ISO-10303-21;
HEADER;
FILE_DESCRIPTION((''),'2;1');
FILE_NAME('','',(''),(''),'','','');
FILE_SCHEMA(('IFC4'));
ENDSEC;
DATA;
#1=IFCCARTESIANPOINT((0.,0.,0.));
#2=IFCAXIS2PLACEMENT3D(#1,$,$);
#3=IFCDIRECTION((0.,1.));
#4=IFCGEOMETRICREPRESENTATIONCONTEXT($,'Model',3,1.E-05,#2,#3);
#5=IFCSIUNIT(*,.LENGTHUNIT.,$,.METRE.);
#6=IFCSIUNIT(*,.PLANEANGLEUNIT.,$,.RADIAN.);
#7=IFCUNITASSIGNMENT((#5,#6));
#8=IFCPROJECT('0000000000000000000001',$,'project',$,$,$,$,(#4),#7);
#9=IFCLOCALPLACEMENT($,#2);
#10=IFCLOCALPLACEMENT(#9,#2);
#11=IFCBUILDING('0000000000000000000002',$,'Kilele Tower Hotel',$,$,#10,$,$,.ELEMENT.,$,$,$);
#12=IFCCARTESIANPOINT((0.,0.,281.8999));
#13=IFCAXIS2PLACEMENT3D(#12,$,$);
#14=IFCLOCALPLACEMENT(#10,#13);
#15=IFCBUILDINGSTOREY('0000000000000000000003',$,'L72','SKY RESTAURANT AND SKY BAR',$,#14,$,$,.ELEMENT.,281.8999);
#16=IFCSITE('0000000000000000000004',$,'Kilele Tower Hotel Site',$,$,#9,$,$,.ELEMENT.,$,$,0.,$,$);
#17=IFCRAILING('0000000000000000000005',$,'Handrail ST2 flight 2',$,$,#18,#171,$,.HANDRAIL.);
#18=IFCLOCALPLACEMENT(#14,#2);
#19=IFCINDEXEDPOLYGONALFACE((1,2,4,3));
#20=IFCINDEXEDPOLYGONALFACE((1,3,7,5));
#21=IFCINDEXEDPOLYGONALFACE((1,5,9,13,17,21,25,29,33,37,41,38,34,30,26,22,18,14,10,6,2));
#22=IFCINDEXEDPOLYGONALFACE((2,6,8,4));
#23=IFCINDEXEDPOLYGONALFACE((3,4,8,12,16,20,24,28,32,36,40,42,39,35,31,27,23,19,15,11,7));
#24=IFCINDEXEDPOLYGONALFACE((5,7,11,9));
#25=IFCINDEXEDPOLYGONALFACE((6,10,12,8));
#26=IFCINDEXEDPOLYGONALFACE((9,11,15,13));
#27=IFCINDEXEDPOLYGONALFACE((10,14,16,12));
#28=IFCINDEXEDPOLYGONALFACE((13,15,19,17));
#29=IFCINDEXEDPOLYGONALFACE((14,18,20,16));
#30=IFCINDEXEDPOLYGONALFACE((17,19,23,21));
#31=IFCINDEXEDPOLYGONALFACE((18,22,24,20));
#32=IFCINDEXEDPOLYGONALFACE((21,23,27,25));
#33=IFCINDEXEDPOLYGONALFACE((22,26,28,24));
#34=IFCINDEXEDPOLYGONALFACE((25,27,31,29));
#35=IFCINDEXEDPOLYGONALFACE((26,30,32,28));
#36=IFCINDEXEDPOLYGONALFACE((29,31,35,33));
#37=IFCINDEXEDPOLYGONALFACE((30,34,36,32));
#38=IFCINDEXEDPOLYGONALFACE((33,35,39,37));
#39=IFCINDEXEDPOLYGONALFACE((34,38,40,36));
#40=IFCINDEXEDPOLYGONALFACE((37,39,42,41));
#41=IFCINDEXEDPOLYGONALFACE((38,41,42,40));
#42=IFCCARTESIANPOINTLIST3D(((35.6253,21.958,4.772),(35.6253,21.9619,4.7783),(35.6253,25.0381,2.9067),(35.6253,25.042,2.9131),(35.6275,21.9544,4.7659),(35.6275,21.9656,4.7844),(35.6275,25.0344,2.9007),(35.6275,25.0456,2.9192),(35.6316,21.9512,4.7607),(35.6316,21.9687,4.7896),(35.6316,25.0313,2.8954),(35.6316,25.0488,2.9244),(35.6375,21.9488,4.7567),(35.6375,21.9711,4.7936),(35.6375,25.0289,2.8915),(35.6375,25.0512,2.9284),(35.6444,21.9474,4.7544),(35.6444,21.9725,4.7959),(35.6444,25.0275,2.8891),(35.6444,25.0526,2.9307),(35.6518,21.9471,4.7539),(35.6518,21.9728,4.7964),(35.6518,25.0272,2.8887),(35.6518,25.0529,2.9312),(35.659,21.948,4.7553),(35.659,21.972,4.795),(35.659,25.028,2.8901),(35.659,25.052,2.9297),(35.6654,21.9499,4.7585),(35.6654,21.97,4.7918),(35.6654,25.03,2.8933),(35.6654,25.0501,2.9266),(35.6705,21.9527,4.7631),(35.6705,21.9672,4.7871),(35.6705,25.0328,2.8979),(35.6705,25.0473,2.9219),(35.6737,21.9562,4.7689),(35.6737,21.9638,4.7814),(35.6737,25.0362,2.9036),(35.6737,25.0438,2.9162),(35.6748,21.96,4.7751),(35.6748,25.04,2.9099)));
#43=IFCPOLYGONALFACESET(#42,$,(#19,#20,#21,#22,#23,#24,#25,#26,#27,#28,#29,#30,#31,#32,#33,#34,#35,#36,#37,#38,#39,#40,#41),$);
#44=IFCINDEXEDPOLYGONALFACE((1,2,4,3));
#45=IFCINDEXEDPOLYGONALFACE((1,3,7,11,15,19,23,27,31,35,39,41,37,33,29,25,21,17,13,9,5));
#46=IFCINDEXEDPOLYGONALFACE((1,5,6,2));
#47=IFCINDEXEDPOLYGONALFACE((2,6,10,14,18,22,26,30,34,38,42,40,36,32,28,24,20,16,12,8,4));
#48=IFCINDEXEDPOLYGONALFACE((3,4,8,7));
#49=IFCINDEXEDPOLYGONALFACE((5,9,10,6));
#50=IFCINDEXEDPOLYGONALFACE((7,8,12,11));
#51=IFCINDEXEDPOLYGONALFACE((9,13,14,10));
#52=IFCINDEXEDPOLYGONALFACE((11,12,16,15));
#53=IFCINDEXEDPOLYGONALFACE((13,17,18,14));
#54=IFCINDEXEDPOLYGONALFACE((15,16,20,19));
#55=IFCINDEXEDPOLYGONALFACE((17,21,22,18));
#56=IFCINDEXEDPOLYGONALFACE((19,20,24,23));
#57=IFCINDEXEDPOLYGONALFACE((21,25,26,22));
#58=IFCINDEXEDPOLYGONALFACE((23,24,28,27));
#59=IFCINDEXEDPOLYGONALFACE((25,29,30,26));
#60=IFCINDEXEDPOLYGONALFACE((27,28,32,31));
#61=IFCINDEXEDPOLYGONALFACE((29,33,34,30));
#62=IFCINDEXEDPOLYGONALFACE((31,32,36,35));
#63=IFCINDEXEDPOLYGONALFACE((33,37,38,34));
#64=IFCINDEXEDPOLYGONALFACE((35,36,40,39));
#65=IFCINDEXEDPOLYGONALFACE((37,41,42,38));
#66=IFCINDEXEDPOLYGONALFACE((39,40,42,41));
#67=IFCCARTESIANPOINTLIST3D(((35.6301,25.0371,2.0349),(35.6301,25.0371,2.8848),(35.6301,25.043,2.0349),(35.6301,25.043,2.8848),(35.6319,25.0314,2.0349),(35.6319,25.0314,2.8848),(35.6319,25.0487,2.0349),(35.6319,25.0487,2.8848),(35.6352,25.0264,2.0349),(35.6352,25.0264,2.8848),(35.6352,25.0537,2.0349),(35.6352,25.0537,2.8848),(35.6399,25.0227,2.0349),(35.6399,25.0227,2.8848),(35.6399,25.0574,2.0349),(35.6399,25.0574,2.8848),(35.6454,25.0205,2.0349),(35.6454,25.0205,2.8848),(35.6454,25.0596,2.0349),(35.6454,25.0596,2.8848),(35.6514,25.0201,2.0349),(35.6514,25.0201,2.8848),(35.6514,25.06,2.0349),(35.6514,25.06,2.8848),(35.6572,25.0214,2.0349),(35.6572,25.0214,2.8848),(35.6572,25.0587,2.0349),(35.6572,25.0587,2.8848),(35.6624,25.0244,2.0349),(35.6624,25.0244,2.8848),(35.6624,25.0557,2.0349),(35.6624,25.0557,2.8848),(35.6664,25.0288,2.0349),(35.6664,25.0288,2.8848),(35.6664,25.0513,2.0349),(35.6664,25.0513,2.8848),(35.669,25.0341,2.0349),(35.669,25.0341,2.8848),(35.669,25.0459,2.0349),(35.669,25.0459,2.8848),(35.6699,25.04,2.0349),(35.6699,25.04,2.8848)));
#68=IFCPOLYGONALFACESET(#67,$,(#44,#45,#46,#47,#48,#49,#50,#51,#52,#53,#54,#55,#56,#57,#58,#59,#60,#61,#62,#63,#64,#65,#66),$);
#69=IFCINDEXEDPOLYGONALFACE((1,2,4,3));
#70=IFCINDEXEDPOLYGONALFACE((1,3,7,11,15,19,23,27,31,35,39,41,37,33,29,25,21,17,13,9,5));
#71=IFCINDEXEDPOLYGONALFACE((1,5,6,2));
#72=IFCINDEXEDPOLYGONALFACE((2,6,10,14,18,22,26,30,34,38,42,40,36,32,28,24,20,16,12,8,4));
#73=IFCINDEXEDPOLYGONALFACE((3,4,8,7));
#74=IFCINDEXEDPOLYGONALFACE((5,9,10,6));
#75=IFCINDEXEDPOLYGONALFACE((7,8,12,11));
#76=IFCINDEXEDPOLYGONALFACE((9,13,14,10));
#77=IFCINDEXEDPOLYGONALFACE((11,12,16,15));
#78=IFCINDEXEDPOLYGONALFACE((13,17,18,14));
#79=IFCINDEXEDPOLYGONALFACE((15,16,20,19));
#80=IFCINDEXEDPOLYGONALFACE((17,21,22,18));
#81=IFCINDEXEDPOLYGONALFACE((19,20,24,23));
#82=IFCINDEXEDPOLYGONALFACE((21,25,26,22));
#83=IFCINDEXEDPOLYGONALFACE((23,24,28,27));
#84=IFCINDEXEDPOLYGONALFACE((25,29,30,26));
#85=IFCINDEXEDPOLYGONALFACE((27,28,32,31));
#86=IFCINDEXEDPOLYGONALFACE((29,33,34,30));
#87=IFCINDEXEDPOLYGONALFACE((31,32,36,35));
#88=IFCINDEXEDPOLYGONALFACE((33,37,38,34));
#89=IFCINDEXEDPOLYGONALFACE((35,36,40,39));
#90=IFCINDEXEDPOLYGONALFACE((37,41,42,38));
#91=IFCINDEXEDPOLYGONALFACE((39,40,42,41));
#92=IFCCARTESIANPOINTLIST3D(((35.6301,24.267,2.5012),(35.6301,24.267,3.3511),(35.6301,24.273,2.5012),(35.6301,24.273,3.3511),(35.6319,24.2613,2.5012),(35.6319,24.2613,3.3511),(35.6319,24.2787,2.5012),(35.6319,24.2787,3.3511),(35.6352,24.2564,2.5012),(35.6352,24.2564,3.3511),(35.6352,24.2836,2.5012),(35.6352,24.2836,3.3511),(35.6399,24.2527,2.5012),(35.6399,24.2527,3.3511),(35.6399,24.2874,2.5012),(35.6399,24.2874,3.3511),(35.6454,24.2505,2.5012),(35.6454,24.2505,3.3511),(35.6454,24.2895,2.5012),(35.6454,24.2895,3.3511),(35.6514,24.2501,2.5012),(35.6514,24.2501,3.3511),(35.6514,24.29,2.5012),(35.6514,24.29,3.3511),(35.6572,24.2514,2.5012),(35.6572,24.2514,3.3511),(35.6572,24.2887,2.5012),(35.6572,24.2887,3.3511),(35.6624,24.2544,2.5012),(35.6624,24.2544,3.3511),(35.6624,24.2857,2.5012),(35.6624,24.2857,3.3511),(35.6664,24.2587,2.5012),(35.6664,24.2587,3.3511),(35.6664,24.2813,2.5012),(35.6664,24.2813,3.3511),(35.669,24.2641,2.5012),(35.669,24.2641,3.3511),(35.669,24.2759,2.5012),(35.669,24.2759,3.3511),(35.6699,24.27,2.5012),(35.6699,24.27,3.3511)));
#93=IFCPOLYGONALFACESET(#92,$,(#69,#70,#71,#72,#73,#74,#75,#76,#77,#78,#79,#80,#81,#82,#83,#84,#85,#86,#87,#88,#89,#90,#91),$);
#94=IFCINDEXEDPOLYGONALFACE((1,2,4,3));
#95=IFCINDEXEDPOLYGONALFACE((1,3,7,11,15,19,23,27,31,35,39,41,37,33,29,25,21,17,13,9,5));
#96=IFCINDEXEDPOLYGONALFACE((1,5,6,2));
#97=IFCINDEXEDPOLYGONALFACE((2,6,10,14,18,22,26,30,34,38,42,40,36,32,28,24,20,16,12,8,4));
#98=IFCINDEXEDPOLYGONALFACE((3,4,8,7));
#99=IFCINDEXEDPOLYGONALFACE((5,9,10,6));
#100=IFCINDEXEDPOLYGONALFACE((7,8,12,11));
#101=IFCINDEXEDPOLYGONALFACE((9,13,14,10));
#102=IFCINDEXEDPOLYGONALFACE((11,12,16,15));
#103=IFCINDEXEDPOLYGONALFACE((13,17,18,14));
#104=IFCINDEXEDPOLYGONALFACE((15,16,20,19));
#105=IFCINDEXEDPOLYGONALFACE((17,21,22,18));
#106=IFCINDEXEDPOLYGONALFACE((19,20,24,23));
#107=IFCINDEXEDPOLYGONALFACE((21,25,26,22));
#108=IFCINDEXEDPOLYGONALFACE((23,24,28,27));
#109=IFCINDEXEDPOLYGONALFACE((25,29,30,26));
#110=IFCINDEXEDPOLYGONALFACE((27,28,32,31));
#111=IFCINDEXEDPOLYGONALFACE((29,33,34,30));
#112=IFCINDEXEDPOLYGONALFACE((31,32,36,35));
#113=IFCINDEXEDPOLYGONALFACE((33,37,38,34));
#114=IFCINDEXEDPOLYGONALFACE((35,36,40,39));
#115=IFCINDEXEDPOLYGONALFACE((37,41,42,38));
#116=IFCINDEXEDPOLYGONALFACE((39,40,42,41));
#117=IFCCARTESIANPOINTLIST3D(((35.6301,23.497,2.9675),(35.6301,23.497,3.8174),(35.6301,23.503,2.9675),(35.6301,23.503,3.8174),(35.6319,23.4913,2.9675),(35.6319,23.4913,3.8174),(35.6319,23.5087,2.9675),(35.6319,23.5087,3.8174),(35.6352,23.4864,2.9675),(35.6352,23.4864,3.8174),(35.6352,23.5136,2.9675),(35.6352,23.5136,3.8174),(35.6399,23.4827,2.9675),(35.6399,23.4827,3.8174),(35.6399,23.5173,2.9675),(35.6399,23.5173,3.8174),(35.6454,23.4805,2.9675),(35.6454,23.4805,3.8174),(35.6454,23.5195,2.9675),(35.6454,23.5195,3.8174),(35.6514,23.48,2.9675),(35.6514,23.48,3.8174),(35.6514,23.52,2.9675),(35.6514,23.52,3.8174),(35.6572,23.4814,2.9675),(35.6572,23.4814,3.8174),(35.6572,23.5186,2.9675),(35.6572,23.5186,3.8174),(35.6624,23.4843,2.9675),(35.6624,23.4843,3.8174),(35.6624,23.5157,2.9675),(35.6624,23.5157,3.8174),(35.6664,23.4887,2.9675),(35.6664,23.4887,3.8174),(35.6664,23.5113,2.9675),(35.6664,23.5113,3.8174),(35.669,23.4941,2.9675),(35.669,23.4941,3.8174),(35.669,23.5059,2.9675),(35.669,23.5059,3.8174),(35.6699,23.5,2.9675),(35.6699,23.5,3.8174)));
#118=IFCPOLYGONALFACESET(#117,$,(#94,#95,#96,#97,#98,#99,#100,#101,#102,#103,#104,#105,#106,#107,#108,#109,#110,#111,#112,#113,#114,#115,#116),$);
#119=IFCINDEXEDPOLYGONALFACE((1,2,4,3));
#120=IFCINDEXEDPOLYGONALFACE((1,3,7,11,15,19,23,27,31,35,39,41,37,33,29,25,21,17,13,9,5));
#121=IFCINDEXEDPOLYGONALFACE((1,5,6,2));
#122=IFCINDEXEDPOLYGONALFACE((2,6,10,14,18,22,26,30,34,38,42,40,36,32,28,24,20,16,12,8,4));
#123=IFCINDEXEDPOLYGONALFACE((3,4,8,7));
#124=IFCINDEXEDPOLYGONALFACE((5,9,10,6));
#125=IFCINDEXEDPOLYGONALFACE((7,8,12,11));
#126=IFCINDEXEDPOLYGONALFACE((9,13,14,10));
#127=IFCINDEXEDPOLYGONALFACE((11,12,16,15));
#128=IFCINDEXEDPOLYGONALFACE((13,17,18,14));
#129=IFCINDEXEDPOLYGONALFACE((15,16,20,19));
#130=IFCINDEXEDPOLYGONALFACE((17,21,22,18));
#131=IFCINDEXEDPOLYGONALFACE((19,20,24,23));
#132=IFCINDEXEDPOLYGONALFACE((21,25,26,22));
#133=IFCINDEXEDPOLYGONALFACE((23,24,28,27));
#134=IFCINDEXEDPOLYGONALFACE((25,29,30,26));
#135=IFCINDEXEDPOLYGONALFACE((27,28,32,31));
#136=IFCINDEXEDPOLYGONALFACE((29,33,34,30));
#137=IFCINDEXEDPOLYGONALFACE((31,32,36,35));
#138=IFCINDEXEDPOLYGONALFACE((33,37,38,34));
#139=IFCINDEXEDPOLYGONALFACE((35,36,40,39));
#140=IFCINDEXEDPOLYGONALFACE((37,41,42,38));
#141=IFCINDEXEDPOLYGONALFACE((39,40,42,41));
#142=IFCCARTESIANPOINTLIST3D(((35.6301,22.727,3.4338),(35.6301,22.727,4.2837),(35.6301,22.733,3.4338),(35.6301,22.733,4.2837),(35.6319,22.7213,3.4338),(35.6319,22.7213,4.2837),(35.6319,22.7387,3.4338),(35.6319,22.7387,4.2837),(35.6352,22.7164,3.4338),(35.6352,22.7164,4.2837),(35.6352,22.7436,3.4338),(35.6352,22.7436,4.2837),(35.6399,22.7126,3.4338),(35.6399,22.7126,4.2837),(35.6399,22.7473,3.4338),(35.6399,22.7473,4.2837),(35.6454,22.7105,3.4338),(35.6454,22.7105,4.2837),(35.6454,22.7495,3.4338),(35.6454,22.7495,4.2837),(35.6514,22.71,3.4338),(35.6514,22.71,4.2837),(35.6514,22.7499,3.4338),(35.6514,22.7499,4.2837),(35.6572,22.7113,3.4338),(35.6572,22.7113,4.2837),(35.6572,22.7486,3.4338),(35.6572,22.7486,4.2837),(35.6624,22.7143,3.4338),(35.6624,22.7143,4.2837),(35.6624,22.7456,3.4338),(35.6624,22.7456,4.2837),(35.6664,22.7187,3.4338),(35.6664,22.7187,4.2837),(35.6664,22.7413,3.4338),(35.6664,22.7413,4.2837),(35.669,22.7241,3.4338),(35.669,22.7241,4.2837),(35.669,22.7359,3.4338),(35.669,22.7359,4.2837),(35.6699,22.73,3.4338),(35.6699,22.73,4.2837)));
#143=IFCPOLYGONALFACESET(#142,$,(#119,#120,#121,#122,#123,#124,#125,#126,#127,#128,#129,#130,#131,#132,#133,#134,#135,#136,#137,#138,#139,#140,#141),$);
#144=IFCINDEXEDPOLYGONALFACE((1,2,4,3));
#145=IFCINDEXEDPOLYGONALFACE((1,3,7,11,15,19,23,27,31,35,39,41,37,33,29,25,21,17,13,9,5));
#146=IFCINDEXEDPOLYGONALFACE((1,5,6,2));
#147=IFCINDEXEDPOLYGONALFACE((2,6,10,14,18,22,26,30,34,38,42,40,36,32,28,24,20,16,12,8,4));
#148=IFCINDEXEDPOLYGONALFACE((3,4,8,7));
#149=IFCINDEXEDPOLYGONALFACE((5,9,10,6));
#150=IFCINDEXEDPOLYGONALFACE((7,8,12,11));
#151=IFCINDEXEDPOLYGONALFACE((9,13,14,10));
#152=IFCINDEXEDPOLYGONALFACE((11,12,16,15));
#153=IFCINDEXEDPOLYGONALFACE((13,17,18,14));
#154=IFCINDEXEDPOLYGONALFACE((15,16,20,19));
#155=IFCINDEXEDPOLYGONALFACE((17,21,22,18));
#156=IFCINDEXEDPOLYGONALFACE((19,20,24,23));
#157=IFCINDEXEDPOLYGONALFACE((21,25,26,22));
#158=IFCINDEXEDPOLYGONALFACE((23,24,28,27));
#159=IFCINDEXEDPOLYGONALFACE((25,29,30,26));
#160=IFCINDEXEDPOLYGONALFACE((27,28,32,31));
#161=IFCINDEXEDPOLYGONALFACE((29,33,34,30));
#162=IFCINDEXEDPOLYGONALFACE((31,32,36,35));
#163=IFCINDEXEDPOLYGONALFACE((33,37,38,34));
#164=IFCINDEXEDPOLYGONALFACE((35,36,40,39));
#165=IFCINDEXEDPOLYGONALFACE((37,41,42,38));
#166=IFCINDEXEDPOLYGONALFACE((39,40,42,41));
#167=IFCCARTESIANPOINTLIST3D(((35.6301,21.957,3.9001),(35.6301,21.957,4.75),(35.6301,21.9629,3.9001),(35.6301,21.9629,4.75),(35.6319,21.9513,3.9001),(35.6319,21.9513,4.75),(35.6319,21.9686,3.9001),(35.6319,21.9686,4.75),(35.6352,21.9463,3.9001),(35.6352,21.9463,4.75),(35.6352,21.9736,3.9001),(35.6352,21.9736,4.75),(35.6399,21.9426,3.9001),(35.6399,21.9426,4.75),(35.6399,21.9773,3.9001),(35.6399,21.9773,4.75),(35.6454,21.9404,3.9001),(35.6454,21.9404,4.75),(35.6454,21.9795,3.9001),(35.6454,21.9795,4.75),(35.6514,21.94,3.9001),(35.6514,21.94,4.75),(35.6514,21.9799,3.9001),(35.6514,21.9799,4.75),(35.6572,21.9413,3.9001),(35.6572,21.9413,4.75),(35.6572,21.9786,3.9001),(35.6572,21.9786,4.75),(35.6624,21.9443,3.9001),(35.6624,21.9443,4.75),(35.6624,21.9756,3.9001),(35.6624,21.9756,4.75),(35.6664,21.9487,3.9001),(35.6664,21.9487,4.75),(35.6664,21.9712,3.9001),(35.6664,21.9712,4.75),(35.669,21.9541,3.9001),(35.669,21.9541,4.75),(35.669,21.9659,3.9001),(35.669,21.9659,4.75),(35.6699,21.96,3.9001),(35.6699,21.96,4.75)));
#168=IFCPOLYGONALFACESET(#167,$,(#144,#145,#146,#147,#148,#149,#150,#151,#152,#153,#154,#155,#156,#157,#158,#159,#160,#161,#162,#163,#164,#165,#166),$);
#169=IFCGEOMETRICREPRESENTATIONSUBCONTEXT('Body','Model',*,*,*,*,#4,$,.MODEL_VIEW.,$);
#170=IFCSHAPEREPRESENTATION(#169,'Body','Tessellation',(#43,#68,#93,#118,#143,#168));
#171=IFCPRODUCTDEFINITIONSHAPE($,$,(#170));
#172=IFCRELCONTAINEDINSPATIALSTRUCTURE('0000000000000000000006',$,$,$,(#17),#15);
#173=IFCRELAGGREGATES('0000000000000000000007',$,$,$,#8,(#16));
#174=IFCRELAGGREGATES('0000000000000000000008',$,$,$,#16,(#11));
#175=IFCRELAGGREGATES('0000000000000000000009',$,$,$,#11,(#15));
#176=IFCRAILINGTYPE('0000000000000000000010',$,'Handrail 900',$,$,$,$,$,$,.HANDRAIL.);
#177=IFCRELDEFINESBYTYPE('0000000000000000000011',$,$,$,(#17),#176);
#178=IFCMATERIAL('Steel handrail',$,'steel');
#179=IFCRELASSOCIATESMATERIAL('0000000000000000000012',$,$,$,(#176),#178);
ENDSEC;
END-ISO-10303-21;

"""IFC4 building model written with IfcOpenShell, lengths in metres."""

from ifc_helpers import new_model, si_unit, direction, frame, origin, origin_2d, place, context, subcontext, project, spatial, circle, extrude, material, type_object, element, save


model = new_model("IFC4")

# Units and contexts
model_context = context("Model", 3, precision=1e-05, world=origin(), true_north=direction((0.0, 1.0)))
body_context = subcontext(model_context, "Body", "Model", "MODEL_VIEW")
ifc_project = project(units=[si_unit("LENGTHUNIT", "METRE"), si_unit("PLANEANGLEUNIT", "RADIAN")], contexts=[model_context])

# Site, building, storey
site_placement = place(None, origin())
site = spatial("IfcSite", under=ifc_project, at=site_placement, Name="Kilele Tower Hotel Site", CompositionType="ELEMENT", RefElevation=0.0)
building_placement = place(site_placement, origin())
building = spatial("IfcBuilding", under=site, at=building_placement, Name="Kilele Tower Hotel", CompositionType="ELEMENT")
storey_placement = place(building_placement, frame((0.0, 0.0, 281.8999)))
storey = spatial("IfcBuildingStorey", under=building, at=storey_placement, Name="L72", Description="SKY RESTAURANT AND SKY BAR", CompositionType="ELEMENT", Elevation=281.8999)

# Railing
ifc_material_1 = material(Name="Steel handrail", Category="steel")
railing_type_1 = type_object("IfcRailingType", Name="Handrail 900", PredefinedType="HANDRAIL", material=ifc_material_1)
for number, where, name in (
    (1, (35.6499, 25.04, 2.0349), "Handrail ST2 flight 2"),
):
    element("IfcRailing", number, at=place(storey_placement, frame(where)), inside=storey, type_object=railing_type_1, Name=name, PredefinedType="HANDRAIL", context=body_context, shape_type="SweptSolid", body=[
        extrude(circle(Radius=0.0249, at=origin_2d()), frame((0.0, 0.0, 0.875), z_axis=(0.0, -0.85538, 0.518001), x_axis=(1.0, 0.0, 0.0)), (0.0, 0.0, 1.0), 3.6008),
        extrude(circle(Radius=0.02, at=origin_2d()), origin(), (0.0, 0.0, 1.0), 0.8499),
        extrude(circle(Radius=0.02, at=origin_2d()), frame((0.0, -0.77, 0.4663)), (0.0, 0.0, 1.0), 0.8499),
        extrude(circle(Radius=0.02, at=origin_2d()), frame((0.0, -1.54, 0.9326)), (0.0, 0.0, 1.0), 0.8499),
        extrude(circle(Radius=0.02, at=origin_2d()), frame((0.0, -2.3101, 1.3989)), (0.0, 0.0, 1.0), 0.8499),
        extrude(circle(Radius=0.02, at=origin_2d()), frame((0.0, -3.0801, 1.8652)), (0.0, 0.0, 1.0), 0.8499),
    ])

save(model, "model.ifc")
